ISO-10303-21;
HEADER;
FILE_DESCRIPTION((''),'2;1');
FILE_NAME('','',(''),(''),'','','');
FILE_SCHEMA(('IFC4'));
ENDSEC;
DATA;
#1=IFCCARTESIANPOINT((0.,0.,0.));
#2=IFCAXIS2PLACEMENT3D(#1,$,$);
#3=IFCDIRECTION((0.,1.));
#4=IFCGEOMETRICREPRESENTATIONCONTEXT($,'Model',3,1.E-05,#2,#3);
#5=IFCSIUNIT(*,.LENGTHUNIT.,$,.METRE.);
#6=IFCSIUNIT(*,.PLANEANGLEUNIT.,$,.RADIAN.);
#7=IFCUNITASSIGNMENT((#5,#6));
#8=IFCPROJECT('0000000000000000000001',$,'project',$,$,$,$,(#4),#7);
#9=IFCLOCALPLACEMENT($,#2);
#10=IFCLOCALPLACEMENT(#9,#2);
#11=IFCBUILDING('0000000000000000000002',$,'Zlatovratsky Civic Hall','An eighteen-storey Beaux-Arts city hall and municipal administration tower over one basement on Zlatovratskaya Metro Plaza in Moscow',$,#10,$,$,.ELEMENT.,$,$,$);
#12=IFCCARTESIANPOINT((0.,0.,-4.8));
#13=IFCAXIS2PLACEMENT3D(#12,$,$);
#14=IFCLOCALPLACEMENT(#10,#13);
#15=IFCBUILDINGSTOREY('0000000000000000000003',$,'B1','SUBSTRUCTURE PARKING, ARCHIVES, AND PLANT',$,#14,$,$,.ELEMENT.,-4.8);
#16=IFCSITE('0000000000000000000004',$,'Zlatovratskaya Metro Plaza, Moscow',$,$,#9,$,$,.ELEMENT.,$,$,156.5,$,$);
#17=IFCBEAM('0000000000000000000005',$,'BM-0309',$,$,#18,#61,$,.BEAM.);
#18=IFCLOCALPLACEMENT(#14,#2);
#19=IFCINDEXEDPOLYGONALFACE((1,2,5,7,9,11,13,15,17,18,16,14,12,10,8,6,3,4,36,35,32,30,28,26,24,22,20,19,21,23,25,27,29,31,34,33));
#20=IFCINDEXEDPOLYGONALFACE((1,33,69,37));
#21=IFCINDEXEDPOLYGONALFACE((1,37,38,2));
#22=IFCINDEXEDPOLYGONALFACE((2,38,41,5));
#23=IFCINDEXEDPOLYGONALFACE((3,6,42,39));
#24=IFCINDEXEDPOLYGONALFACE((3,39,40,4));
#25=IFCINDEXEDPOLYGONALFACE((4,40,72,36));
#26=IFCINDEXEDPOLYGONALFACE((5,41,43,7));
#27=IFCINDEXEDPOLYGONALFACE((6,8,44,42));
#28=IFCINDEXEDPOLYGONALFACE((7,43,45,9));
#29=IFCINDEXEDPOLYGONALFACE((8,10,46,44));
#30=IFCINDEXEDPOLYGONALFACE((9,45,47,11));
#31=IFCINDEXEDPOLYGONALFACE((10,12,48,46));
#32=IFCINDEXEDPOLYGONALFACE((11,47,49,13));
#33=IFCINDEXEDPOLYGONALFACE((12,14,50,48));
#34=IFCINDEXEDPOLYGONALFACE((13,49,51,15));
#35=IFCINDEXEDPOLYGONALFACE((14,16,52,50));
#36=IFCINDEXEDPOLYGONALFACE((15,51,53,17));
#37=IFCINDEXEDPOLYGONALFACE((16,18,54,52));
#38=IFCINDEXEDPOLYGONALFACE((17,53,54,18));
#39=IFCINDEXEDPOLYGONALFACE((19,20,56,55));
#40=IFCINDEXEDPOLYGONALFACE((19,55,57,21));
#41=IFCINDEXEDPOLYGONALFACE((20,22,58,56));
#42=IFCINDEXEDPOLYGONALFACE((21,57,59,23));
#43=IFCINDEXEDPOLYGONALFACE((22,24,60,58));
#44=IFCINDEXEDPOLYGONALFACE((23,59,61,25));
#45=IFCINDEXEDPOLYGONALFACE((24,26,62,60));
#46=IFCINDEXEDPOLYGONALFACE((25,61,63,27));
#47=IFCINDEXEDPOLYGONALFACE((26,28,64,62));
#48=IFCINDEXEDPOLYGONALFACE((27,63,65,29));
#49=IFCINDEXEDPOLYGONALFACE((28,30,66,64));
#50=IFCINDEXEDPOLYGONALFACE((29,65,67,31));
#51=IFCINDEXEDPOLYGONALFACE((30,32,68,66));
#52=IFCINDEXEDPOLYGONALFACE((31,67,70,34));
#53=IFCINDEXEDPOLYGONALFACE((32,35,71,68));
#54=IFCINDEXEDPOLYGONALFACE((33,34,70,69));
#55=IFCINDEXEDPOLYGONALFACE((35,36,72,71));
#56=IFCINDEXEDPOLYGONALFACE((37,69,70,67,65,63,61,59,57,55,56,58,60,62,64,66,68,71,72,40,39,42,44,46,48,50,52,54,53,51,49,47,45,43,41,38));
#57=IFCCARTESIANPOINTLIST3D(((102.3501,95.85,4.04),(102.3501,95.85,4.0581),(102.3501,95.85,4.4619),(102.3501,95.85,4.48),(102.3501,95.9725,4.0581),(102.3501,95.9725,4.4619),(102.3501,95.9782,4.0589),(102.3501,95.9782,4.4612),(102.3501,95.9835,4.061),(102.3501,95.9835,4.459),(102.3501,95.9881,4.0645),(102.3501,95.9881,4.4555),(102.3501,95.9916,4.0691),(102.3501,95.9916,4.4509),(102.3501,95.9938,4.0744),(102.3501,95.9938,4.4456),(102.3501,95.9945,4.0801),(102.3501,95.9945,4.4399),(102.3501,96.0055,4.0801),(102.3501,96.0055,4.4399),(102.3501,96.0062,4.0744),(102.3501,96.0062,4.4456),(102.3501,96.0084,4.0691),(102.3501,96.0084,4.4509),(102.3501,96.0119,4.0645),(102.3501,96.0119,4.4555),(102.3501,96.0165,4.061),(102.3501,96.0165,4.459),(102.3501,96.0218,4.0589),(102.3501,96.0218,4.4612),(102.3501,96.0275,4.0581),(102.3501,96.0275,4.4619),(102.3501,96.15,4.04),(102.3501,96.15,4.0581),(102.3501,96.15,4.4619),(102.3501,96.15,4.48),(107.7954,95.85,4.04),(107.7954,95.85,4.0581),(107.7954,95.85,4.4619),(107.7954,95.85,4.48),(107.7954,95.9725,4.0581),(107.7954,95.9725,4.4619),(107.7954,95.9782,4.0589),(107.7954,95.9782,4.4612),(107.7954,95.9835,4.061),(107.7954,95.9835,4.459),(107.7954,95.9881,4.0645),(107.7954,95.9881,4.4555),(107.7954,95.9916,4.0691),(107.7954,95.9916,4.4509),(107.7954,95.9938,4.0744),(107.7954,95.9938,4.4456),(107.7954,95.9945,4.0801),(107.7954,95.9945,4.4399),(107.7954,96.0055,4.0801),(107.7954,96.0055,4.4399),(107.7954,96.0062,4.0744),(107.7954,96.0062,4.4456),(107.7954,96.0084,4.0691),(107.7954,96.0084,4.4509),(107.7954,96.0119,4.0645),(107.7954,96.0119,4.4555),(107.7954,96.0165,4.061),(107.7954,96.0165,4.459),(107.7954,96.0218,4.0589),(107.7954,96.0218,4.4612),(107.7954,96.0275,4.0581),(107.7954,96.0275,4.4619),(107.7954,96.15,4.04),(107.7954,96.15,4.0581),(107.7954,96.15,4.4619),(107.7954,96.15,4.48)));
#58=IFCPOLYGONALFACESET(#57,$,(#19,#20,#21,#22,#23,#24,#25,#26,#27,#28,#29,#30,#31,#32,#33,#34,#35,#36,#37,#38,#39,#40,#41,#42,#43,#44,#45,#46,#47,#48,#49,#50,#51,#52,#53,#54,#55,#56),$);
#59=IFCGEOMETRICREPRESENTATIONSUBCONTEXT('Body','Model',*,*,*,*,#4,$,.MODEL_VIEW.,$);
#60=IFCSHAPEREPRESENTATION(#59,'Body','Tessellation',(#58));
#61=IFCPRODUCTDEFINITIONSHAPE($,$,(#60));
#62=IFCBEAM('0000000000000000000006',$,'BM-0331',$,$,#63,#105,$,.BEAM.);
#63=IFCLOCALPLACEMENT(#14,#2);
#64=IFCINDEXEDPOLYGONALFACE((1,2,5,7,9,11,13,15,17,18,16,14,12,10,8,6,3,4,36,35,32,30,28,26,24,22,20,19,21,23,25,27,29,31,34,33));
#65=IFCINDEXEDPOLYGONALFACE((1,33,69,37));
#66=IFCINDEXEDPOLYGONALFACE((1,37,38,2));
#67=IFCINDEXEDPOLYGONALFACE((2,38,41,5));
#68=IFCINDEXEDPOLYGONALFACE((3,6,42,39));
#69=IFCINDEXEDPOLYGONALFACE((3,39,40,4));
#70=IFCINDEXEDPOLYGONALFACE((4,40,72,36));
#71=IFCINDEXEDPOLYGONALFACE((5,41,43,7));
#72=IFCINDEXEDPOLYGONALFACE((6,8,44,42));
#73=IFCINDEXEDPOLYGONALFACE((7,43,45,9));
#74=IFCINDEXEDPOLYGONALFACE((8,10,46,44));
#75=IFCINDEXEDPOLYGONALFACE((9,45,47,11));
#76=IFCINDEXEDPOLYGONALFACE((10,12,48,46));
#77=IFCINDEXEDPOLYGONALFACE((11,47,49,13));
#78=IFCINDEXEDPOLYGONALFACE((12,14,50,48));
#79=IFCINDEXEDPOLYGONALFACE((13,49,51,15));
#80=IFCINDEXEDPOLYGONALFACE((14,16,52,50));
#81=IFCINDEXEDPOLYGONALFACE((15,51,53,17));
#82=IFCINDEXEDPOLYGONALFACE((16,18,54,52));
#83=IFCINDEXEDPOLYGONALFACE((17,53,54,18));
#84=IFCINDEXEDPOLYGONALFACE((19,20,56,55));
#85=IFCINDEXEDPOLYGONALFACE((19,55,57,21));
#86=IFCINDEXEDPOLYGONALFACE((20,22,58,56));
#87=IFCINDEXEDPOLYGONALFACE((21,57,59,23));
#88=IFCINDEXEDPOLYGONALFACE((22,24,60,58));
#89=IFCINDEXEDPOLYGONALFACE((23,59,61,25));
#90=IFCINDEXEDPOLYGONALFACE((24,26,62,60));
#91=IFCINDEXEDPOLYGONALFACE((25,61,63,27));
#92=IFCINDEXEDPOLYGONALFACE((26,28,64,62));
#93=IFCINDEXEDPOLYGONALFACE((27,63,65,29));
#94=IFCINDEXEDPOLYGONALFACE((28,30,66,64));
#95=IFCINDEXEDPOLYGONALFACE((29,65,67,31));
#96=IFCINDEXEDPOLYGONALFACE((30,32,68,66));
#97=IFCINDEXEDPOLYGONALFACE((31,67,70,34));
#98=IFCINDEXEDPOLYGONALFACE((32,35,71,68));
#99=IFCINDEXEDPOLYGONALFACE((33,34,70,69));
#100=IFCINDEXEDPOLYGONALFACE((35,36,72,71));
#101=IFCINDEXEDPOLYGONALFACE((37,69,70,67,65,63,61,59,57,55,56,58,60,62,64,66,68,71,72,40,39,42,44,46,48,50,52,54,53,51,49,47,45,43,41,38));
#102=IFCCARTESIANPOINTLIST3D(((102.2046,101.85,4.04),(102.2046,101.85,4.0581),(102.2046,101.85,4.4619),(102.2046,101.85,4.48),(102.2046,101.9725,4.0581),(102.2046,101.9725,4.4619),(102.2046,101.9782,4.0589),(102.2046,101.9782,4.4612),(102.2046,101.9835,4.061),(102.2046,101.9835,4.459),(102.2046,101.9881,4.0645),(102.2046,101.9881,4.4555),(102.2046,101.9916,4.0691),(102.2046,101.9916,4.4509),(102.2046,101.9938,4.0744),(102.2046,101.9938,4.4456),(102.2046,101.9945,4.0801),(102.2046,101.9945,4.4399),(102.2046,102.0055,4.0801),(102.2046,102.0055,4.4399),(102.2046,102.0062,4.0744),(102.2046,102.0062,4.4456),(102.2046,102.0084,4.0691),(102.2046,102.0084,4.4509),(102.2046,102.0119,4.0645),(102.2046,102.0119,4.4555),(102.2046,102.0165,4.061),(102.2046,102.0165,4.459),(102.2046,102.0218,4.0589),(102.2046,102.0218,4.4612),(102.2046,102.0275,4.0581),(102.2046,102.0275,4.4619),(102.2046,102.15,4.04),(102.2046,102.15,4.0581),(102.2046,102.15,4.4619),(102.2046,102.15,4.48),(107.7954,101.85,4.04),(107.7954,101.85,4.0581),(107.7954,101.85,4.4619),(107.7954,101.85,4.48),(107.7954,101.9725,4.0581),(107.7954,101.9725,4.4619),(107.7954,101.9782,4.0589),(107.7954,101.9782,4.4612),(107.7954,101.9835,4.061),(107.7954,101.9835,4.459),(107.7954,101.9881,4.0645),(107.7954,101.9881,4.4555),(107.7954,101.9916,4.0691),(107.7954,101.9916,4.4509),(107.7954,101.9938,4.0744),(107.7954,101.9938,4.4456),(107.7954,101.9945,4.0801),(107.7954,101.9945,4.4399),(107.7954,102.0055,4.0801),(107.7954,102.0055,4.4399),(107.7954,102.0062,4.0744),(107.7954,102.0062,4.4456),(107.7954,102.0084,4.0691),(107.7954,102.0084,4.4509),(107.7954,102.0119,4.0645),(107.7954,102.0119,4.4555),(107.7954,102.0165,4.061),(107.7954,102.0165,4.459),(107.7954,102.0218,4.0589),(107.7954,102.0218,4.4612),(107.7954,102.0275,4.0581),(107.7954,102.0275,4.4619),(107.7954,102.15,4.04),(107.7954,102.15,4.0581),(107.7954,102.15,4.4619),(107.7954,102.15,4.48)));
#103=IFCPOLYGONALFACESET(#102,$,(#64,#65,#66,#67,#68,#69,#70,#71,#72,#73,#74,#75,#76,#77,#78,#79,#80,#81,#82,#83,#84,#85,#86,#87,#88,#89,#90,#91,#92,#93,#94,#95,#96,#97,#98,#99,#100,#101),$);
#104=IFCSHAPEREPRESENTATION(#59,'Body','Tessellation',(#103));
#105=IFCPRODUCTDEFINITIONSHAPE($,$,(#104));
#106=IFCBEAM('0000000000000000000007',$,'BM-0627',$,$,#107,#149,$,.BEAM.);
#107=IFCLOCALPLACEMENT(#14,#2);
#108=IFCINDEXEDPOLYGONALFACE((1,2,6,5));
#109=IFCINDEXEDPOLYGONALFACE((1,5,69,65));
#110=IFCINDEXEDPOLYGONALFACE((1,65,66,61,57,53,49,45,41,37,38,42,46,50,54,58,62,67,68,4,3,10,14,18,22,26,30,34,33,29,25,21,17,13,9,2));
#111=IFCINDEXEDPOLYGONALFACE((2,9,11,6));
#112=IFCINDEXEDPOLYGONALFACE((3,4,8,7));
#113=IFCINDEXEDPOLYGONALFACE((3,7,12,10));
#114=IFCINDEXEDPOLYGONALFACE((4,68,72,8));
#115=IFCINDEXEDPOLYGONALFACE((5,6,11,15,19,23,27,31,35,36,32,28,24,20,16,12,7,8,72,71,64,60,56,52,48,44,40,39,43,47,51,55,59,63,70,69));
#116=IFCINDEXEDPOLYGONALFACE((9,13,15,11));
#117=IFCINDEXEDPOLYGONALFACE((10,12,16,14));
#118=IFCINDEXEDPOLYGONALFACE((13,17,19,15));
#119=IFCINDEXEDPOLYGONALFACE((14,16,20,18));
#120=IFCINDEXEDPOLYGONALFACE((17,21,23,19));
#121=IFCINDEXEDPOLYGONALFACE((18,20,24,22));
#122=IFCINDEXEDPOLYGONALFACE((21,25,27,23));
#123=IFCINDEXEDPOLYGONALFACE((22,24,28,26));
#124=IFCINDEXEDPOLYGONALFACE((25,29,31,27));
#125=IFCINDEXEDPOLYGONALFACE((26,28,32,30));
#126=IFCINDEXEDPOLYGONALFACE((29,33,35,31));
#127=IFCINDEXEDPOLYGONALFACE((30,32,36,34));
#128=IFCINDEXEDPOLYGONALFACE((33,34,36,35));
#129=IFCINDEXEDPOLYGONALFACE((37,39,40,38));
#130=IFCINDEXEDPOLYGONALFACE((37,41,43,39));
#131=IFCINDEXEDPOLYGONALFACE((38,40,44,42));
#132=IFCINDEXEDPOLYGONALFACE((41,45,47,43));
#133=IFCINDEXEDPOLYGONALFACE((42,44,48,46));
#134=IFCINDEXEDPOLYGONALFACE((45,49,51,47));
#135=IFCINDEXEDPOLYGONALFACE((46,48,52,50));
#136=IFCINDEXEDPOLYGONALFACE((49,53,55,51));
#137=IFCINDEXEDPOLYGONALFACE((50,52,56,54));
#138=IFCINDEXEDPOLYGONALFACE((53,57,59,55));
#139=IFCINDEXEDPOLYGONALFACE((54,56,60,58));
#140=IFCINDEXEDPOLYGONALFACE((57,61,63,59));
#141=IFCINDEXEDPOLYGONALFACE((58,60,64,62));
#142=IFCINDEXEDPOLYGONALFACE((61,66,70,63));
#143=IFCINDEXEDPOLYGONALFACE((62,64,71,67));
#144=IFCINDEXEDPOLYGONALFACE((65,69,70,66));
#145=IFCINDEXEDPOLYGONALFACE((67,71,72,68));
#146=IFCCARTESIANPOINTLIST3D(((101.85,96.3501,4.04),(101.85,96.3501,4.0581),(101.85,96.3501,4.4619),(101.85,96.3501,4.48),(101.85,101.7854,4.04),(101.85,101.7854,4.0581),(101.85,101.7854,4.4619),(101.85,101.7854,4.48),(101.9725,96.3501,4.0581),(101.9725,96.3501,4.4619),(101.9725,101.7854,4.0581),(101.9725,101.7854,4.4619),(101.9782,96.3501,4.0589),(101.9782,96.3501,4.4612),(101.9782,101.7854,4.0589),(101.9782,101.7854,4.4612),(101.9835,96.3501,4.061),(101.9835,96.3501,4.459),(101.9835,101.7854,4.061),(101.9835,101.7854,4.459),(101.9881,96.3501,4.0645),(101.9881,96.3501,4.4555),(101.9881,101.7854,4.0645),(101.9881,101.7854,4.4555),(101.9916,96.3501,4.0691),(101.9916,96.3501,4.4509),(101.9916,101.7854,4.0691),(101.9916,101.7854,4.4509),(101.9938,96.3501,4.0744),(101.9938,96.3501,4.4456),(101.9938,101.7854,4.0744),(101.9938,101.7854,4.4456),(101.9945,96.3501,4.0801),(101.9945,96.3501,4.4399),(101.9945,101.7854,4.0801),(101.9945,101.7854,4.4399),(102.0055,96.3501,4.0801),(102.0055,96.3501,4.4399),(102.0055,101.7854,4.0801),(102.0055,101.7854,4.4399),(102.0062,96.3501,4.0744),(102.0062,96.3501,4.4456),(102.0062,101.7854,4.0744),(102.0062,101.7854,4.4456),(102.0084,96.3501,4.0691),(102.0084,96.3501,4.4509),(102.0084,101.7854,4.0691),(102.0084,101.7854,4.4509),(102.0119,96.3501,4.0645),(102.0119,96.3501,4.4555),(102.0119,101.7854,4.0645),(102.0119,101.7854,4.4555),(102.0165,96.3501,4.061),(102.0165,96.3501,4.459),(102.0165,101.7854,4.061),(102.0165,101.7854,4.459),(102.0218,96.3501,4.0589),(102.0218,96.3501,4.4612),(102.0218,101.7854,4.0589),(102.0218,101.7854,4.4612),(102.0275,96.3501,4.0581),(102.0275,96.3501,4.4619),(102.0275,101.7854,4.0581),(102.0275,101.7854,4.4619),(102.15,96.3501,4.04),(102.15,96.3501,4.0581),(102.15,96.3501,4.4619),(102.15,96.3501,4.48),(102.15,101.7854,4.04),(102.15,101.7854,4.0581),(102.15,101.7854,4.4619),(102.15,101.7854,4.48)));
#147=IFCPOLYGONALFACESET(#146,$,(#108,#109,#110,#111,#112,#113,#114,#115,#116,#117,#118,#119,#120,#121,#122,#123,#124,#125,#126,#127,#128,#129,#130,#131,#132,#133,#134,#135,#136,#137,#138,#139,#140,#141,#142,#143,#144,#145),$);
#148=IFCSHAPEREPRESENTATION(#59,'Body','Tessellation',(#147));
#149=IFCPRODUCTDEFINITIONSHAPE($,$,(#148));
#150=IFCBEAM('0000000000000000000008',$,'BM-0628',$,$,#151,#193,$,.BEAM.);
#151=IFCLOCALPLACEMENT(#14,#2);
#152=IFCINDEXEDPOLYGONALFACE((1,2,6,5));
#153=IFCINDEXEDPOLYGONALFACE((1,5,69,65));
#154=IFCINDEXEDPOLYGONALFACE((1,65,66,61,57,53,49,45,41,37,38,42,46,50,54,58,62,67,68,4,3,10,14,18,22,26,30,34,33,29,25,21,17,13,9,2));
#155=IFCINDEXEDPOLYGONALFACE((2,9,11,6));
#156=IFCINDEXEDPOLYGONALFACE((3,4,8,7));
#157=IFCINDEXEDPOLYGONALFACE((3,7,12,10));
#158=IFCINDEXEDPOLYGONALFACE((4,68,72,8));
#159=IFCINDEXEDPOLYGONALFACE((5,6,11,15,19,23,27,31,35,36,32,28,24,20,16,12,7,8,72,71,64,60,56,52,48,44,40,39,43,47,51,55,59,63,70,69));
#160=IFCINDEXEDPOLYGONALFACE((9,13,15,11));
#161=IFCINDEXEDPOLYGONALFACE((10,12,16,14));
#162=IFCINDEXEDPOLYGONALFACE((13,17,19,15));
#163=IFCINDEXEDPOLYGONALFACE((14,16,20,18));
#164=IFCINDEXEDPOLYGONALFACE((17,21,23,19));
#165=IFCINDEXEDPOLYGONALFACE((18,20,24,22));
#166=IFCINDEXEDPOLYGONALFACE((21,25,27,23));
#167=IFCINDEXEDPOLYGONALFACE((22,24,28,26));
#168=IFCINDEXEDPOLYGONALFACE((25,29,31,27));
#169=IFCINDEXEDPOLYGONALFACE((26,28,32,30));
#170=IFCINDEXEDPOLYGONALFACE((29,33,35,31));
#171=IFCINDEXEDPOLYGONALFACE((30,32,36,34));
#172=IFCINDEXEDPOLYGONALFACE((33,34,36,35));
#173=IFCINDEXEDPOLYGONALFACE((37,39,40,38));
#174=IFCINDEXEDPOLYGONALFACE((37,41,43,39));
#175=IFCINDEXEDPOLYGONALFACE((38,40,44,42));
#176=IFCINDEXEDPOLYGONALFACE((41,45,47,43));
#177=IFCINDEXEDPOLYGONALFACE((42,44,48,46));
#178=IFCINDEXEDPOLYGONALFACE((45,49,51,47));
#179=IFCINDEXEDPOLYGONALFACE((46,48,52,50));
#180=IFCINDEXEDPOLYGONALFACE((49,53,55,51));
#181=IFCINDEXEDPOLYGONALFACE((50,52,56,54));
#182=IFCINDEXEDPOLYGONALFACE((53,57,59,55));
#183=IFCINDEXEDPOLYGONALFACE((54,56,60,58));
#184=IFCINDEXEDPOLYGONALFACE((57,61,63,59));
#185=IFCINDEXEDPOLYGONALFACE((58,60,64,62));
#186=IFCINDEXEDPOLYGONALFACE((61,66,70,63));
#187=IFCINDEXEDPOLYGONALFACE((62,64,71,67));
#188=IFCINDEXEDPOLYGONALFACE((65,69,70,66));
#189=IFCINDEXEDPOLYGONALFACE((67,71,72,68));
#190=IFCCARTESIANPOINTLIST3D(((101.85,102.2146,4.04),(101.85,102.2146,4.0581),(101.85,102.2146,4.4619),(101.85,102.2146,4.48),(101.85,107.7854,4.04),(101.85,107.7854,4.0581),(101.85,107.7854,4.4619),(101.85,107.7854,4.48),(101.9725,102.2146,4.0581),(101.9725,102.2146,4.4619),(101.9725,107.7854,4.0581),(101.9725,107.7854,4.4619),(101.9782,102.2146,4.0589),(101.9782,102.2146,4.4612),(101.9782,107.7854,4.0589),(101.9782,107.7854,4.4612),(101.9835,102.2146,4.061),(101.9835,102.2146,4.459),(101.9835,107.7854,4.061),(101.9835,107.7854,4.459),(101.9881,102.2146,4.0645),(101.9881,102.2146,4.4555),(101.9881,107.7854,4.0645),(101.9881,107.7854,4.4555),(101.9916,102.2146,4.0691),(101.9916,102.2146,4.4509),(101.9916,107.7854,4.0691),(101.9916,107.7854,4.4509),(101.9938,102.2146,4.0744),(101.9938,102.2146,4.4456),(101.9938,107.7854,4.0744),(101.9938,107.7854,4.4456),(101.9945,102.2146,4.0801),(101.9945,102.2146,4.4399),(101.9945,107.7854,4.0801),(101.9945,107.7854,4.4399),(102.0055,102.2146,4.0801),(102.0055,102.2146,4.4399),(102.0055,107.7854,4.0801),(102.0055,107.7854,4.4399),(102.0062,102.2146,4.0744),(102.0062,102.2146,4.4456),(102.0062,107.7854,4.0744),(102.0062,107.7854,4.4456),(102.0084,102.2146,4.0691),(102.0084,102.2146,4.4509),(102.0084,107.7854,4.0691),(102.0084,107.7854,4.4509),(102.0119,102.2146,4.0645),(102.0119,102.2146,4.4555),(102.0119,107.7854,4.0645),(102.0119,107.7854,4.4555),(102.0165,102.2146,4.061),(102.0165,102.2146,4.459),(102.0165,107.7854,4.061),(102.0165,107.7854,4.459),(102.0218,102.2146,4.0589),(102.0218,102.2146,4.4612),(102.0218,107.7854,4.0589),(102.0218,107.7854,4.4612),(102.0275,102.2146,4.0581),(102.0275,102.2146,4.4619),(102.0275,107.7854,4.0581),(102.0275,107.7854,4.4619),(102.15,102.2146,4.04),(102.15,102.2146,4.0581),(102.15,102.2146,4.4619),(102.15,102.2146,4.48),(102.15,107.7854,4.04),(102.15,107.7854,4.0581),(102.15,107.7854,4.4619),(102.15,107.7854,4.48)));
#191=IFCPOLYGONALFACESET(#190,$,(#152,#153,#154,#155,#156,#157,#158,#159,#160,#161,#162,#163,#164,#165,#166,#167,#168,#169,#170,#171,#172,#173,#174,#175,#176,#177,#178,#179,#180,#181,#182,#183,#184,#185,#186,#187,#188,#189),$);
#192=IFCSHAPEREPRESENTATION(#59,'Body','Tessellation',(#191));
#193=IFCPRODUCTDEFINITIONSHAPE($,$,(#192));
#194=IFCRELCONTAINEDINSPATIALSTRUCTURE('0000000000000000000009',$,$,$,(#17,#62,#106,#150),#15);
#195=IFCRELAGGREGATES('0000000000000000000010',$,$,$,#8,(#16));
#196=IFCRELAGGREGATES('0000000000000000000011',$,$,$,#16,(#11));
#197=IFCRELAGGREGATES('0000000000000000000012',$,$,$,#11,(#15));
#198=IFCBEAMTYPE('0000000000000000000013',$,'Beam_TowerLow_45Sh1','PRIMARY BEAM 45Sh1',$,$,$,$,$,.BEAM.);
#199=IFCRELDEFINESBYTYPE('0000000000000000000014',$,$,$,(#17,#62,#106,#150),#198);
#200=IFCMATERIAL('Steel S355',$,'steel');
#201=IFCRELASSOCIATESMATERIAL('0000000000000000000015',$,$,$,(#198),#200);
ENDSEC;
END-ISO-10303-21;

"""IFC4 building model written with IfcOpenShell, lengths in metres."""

from ifc_helpers import new_model, si_unit, direction, frame, origin, origin_2d, place, context, subcontext, project, spatial, i_section, extrude, material, material_profile, profile_set, type_object, element, save


model = new_model("IFC4")

# Units and contexts
model_context = context("Model", 3, precision=1e-05, world=origin(), true_north=direction((0.0, 1.0)))
body_context = subcontext(model_context, "Body", "Model", "MODEL_VIEW")
ifc_project = project(units=[si_unit("LENGTHUNIT", "METRE"), si_unit("PLANEANGLEUNIT", "RADIAN")], contexts=[model_context])

# Site, building, storey
site_placement = place(None, origin())
site = spatial("IfcSite", under=ifc_project, at=site_placement, Name="Zlatovratskaya Metro Plaza, Moscow", CompositionType="ELEMENT", RefElevation=156.5)
building_placement = place(site_placement, origin())
building = spatial("IfcBuilding", under=site, at=building_placement, Name="Zlatovratsky Civic Hall", Description="An eighteen-storey Beaux-Arts city hall and municipal administration tower over one basement on Zlatovratskaya Metro Plaza in Moscow", CompositionType="ELEMENT")
storey_placement = place(building_placement, frame((0.0, 0.0, -4.8)))
storey = spatial("IfcBuildingStorey", under=building, at=storey_placement, Name="B1", Description="SUBSTRUCTURE PARKING, ARCHIVES, AND PLANT", CompositionType="ELEMENT", Elevation=-4.8)

# Shared definitions
ifc_material_1 = material(Name="Steel S355", Category="steel")

# Beams
ifc_material_profile_1 = material_profile(ifc_material_1, i_section(OverallWidth=0.3, OverallDepth=0.4399, WebThickness=0.011, FlangeThickness=0.0181, FilletRadius=0.022, at=origin_2d()), Name="45Sh1")
ifc_profile_set_1 = profile_set([ifc_material_profile_1], Name="Steel S355")
beam_type = type_object("IfcBeamType", Name="Beam_TowerLow_45Sh1", Description="PRIMARY BEAM 45Sh1", PredefinedType="BEAM", material=ifc_profile_set_1)
beam_1_placement = place(storey_placement, frame((102.3501, 96.0, 4.26), z_axis=(1.0, 0.0, 0.0), x_axis=(0.0, 1.0, 0.0)))
element("IfcBeam", 1, at=beam_1_placement, inside=storey, type_object=beam_type, Name="BM-0309", PredefinedType="BEAM", context=body_context, shape_type="SweptSolid", body=[
    extrude(i_section(OverallWidth=0.3, OverallDepth=0.4399, WebThickness=0.011, FlangeThickness=0.0181, FilletRadius=0.022, at=origin_2d()), origin(), (0.0, 0.0, 1.0), 5.4453),
])
beam_2_placement = place(storey_placement, frame((102.2046, 102.0, 4.26), z_axis=(1.0, 0.0, 0.0), x_axis=(0.0, 1.0, 0.0)))
element("IfcBeam", 2, at=beam_2_placement, inside=storey, type_object=beam_type, Name="BM-0331", PredefinedType="BEAM", context=body_context, shape_type="SweptSolid", body=[
    extrude(i_section(OverallWidth=0.3, OverallDepth=0.4399, WebThickness=0.011, FlangeThickness=0.0181, FilletRadius=0.022, at=origin_2d()), origin(), (0.0, 0.0, 1.0), 5.5908),
])
beam_3_placement = place(storey_placement, frame((102.0, 96.3501, 4.26), z_axis=(0.0, 1.0, 0.0), x_axis=(-1.0, 0.0, 0.0)))
element("IfcBeam", 3, at=beam_3_placement, inside=storey, type_object=beam_type, Name="BM-0627", PredefinedType="BEAM", context=body_context, shape_type="SweptSolid", body=[
    extrude(i_section(OverallWidth=0.3, OverallDepth=0.4399, WebThickness=0.011, FlangeThickness=0.0181, FilletRadius=0.022, at=origin_2d()), origin(), (0.0, 0.0, 1.0), 5.4353),
])
beam_4_placement = place(storey_placement, frame((102.0, 102.2146, 4.26), z_axis=(0.0, 1.0, 0.0), x_axis=(-1.0, 0.0, 0.0)))
element("IfcBeam", 4, at=beam_4_placement, inside=storey, type_object=beam_type, Name="BM-0628", PredefinedType="BEAM", context=body_context, shape_type="SweptSolid", body=[
    extrude(i_section(OverallWidth=0.3, OverallDepth=0.4399, WebThickness=0.011, FlangeThickness=0.0181, FilletRadius=0.022, at=origin_2d()), origin(), (0.0, 0.0, 1.0), 5.5708),
])

save(model, "model.ifc")
